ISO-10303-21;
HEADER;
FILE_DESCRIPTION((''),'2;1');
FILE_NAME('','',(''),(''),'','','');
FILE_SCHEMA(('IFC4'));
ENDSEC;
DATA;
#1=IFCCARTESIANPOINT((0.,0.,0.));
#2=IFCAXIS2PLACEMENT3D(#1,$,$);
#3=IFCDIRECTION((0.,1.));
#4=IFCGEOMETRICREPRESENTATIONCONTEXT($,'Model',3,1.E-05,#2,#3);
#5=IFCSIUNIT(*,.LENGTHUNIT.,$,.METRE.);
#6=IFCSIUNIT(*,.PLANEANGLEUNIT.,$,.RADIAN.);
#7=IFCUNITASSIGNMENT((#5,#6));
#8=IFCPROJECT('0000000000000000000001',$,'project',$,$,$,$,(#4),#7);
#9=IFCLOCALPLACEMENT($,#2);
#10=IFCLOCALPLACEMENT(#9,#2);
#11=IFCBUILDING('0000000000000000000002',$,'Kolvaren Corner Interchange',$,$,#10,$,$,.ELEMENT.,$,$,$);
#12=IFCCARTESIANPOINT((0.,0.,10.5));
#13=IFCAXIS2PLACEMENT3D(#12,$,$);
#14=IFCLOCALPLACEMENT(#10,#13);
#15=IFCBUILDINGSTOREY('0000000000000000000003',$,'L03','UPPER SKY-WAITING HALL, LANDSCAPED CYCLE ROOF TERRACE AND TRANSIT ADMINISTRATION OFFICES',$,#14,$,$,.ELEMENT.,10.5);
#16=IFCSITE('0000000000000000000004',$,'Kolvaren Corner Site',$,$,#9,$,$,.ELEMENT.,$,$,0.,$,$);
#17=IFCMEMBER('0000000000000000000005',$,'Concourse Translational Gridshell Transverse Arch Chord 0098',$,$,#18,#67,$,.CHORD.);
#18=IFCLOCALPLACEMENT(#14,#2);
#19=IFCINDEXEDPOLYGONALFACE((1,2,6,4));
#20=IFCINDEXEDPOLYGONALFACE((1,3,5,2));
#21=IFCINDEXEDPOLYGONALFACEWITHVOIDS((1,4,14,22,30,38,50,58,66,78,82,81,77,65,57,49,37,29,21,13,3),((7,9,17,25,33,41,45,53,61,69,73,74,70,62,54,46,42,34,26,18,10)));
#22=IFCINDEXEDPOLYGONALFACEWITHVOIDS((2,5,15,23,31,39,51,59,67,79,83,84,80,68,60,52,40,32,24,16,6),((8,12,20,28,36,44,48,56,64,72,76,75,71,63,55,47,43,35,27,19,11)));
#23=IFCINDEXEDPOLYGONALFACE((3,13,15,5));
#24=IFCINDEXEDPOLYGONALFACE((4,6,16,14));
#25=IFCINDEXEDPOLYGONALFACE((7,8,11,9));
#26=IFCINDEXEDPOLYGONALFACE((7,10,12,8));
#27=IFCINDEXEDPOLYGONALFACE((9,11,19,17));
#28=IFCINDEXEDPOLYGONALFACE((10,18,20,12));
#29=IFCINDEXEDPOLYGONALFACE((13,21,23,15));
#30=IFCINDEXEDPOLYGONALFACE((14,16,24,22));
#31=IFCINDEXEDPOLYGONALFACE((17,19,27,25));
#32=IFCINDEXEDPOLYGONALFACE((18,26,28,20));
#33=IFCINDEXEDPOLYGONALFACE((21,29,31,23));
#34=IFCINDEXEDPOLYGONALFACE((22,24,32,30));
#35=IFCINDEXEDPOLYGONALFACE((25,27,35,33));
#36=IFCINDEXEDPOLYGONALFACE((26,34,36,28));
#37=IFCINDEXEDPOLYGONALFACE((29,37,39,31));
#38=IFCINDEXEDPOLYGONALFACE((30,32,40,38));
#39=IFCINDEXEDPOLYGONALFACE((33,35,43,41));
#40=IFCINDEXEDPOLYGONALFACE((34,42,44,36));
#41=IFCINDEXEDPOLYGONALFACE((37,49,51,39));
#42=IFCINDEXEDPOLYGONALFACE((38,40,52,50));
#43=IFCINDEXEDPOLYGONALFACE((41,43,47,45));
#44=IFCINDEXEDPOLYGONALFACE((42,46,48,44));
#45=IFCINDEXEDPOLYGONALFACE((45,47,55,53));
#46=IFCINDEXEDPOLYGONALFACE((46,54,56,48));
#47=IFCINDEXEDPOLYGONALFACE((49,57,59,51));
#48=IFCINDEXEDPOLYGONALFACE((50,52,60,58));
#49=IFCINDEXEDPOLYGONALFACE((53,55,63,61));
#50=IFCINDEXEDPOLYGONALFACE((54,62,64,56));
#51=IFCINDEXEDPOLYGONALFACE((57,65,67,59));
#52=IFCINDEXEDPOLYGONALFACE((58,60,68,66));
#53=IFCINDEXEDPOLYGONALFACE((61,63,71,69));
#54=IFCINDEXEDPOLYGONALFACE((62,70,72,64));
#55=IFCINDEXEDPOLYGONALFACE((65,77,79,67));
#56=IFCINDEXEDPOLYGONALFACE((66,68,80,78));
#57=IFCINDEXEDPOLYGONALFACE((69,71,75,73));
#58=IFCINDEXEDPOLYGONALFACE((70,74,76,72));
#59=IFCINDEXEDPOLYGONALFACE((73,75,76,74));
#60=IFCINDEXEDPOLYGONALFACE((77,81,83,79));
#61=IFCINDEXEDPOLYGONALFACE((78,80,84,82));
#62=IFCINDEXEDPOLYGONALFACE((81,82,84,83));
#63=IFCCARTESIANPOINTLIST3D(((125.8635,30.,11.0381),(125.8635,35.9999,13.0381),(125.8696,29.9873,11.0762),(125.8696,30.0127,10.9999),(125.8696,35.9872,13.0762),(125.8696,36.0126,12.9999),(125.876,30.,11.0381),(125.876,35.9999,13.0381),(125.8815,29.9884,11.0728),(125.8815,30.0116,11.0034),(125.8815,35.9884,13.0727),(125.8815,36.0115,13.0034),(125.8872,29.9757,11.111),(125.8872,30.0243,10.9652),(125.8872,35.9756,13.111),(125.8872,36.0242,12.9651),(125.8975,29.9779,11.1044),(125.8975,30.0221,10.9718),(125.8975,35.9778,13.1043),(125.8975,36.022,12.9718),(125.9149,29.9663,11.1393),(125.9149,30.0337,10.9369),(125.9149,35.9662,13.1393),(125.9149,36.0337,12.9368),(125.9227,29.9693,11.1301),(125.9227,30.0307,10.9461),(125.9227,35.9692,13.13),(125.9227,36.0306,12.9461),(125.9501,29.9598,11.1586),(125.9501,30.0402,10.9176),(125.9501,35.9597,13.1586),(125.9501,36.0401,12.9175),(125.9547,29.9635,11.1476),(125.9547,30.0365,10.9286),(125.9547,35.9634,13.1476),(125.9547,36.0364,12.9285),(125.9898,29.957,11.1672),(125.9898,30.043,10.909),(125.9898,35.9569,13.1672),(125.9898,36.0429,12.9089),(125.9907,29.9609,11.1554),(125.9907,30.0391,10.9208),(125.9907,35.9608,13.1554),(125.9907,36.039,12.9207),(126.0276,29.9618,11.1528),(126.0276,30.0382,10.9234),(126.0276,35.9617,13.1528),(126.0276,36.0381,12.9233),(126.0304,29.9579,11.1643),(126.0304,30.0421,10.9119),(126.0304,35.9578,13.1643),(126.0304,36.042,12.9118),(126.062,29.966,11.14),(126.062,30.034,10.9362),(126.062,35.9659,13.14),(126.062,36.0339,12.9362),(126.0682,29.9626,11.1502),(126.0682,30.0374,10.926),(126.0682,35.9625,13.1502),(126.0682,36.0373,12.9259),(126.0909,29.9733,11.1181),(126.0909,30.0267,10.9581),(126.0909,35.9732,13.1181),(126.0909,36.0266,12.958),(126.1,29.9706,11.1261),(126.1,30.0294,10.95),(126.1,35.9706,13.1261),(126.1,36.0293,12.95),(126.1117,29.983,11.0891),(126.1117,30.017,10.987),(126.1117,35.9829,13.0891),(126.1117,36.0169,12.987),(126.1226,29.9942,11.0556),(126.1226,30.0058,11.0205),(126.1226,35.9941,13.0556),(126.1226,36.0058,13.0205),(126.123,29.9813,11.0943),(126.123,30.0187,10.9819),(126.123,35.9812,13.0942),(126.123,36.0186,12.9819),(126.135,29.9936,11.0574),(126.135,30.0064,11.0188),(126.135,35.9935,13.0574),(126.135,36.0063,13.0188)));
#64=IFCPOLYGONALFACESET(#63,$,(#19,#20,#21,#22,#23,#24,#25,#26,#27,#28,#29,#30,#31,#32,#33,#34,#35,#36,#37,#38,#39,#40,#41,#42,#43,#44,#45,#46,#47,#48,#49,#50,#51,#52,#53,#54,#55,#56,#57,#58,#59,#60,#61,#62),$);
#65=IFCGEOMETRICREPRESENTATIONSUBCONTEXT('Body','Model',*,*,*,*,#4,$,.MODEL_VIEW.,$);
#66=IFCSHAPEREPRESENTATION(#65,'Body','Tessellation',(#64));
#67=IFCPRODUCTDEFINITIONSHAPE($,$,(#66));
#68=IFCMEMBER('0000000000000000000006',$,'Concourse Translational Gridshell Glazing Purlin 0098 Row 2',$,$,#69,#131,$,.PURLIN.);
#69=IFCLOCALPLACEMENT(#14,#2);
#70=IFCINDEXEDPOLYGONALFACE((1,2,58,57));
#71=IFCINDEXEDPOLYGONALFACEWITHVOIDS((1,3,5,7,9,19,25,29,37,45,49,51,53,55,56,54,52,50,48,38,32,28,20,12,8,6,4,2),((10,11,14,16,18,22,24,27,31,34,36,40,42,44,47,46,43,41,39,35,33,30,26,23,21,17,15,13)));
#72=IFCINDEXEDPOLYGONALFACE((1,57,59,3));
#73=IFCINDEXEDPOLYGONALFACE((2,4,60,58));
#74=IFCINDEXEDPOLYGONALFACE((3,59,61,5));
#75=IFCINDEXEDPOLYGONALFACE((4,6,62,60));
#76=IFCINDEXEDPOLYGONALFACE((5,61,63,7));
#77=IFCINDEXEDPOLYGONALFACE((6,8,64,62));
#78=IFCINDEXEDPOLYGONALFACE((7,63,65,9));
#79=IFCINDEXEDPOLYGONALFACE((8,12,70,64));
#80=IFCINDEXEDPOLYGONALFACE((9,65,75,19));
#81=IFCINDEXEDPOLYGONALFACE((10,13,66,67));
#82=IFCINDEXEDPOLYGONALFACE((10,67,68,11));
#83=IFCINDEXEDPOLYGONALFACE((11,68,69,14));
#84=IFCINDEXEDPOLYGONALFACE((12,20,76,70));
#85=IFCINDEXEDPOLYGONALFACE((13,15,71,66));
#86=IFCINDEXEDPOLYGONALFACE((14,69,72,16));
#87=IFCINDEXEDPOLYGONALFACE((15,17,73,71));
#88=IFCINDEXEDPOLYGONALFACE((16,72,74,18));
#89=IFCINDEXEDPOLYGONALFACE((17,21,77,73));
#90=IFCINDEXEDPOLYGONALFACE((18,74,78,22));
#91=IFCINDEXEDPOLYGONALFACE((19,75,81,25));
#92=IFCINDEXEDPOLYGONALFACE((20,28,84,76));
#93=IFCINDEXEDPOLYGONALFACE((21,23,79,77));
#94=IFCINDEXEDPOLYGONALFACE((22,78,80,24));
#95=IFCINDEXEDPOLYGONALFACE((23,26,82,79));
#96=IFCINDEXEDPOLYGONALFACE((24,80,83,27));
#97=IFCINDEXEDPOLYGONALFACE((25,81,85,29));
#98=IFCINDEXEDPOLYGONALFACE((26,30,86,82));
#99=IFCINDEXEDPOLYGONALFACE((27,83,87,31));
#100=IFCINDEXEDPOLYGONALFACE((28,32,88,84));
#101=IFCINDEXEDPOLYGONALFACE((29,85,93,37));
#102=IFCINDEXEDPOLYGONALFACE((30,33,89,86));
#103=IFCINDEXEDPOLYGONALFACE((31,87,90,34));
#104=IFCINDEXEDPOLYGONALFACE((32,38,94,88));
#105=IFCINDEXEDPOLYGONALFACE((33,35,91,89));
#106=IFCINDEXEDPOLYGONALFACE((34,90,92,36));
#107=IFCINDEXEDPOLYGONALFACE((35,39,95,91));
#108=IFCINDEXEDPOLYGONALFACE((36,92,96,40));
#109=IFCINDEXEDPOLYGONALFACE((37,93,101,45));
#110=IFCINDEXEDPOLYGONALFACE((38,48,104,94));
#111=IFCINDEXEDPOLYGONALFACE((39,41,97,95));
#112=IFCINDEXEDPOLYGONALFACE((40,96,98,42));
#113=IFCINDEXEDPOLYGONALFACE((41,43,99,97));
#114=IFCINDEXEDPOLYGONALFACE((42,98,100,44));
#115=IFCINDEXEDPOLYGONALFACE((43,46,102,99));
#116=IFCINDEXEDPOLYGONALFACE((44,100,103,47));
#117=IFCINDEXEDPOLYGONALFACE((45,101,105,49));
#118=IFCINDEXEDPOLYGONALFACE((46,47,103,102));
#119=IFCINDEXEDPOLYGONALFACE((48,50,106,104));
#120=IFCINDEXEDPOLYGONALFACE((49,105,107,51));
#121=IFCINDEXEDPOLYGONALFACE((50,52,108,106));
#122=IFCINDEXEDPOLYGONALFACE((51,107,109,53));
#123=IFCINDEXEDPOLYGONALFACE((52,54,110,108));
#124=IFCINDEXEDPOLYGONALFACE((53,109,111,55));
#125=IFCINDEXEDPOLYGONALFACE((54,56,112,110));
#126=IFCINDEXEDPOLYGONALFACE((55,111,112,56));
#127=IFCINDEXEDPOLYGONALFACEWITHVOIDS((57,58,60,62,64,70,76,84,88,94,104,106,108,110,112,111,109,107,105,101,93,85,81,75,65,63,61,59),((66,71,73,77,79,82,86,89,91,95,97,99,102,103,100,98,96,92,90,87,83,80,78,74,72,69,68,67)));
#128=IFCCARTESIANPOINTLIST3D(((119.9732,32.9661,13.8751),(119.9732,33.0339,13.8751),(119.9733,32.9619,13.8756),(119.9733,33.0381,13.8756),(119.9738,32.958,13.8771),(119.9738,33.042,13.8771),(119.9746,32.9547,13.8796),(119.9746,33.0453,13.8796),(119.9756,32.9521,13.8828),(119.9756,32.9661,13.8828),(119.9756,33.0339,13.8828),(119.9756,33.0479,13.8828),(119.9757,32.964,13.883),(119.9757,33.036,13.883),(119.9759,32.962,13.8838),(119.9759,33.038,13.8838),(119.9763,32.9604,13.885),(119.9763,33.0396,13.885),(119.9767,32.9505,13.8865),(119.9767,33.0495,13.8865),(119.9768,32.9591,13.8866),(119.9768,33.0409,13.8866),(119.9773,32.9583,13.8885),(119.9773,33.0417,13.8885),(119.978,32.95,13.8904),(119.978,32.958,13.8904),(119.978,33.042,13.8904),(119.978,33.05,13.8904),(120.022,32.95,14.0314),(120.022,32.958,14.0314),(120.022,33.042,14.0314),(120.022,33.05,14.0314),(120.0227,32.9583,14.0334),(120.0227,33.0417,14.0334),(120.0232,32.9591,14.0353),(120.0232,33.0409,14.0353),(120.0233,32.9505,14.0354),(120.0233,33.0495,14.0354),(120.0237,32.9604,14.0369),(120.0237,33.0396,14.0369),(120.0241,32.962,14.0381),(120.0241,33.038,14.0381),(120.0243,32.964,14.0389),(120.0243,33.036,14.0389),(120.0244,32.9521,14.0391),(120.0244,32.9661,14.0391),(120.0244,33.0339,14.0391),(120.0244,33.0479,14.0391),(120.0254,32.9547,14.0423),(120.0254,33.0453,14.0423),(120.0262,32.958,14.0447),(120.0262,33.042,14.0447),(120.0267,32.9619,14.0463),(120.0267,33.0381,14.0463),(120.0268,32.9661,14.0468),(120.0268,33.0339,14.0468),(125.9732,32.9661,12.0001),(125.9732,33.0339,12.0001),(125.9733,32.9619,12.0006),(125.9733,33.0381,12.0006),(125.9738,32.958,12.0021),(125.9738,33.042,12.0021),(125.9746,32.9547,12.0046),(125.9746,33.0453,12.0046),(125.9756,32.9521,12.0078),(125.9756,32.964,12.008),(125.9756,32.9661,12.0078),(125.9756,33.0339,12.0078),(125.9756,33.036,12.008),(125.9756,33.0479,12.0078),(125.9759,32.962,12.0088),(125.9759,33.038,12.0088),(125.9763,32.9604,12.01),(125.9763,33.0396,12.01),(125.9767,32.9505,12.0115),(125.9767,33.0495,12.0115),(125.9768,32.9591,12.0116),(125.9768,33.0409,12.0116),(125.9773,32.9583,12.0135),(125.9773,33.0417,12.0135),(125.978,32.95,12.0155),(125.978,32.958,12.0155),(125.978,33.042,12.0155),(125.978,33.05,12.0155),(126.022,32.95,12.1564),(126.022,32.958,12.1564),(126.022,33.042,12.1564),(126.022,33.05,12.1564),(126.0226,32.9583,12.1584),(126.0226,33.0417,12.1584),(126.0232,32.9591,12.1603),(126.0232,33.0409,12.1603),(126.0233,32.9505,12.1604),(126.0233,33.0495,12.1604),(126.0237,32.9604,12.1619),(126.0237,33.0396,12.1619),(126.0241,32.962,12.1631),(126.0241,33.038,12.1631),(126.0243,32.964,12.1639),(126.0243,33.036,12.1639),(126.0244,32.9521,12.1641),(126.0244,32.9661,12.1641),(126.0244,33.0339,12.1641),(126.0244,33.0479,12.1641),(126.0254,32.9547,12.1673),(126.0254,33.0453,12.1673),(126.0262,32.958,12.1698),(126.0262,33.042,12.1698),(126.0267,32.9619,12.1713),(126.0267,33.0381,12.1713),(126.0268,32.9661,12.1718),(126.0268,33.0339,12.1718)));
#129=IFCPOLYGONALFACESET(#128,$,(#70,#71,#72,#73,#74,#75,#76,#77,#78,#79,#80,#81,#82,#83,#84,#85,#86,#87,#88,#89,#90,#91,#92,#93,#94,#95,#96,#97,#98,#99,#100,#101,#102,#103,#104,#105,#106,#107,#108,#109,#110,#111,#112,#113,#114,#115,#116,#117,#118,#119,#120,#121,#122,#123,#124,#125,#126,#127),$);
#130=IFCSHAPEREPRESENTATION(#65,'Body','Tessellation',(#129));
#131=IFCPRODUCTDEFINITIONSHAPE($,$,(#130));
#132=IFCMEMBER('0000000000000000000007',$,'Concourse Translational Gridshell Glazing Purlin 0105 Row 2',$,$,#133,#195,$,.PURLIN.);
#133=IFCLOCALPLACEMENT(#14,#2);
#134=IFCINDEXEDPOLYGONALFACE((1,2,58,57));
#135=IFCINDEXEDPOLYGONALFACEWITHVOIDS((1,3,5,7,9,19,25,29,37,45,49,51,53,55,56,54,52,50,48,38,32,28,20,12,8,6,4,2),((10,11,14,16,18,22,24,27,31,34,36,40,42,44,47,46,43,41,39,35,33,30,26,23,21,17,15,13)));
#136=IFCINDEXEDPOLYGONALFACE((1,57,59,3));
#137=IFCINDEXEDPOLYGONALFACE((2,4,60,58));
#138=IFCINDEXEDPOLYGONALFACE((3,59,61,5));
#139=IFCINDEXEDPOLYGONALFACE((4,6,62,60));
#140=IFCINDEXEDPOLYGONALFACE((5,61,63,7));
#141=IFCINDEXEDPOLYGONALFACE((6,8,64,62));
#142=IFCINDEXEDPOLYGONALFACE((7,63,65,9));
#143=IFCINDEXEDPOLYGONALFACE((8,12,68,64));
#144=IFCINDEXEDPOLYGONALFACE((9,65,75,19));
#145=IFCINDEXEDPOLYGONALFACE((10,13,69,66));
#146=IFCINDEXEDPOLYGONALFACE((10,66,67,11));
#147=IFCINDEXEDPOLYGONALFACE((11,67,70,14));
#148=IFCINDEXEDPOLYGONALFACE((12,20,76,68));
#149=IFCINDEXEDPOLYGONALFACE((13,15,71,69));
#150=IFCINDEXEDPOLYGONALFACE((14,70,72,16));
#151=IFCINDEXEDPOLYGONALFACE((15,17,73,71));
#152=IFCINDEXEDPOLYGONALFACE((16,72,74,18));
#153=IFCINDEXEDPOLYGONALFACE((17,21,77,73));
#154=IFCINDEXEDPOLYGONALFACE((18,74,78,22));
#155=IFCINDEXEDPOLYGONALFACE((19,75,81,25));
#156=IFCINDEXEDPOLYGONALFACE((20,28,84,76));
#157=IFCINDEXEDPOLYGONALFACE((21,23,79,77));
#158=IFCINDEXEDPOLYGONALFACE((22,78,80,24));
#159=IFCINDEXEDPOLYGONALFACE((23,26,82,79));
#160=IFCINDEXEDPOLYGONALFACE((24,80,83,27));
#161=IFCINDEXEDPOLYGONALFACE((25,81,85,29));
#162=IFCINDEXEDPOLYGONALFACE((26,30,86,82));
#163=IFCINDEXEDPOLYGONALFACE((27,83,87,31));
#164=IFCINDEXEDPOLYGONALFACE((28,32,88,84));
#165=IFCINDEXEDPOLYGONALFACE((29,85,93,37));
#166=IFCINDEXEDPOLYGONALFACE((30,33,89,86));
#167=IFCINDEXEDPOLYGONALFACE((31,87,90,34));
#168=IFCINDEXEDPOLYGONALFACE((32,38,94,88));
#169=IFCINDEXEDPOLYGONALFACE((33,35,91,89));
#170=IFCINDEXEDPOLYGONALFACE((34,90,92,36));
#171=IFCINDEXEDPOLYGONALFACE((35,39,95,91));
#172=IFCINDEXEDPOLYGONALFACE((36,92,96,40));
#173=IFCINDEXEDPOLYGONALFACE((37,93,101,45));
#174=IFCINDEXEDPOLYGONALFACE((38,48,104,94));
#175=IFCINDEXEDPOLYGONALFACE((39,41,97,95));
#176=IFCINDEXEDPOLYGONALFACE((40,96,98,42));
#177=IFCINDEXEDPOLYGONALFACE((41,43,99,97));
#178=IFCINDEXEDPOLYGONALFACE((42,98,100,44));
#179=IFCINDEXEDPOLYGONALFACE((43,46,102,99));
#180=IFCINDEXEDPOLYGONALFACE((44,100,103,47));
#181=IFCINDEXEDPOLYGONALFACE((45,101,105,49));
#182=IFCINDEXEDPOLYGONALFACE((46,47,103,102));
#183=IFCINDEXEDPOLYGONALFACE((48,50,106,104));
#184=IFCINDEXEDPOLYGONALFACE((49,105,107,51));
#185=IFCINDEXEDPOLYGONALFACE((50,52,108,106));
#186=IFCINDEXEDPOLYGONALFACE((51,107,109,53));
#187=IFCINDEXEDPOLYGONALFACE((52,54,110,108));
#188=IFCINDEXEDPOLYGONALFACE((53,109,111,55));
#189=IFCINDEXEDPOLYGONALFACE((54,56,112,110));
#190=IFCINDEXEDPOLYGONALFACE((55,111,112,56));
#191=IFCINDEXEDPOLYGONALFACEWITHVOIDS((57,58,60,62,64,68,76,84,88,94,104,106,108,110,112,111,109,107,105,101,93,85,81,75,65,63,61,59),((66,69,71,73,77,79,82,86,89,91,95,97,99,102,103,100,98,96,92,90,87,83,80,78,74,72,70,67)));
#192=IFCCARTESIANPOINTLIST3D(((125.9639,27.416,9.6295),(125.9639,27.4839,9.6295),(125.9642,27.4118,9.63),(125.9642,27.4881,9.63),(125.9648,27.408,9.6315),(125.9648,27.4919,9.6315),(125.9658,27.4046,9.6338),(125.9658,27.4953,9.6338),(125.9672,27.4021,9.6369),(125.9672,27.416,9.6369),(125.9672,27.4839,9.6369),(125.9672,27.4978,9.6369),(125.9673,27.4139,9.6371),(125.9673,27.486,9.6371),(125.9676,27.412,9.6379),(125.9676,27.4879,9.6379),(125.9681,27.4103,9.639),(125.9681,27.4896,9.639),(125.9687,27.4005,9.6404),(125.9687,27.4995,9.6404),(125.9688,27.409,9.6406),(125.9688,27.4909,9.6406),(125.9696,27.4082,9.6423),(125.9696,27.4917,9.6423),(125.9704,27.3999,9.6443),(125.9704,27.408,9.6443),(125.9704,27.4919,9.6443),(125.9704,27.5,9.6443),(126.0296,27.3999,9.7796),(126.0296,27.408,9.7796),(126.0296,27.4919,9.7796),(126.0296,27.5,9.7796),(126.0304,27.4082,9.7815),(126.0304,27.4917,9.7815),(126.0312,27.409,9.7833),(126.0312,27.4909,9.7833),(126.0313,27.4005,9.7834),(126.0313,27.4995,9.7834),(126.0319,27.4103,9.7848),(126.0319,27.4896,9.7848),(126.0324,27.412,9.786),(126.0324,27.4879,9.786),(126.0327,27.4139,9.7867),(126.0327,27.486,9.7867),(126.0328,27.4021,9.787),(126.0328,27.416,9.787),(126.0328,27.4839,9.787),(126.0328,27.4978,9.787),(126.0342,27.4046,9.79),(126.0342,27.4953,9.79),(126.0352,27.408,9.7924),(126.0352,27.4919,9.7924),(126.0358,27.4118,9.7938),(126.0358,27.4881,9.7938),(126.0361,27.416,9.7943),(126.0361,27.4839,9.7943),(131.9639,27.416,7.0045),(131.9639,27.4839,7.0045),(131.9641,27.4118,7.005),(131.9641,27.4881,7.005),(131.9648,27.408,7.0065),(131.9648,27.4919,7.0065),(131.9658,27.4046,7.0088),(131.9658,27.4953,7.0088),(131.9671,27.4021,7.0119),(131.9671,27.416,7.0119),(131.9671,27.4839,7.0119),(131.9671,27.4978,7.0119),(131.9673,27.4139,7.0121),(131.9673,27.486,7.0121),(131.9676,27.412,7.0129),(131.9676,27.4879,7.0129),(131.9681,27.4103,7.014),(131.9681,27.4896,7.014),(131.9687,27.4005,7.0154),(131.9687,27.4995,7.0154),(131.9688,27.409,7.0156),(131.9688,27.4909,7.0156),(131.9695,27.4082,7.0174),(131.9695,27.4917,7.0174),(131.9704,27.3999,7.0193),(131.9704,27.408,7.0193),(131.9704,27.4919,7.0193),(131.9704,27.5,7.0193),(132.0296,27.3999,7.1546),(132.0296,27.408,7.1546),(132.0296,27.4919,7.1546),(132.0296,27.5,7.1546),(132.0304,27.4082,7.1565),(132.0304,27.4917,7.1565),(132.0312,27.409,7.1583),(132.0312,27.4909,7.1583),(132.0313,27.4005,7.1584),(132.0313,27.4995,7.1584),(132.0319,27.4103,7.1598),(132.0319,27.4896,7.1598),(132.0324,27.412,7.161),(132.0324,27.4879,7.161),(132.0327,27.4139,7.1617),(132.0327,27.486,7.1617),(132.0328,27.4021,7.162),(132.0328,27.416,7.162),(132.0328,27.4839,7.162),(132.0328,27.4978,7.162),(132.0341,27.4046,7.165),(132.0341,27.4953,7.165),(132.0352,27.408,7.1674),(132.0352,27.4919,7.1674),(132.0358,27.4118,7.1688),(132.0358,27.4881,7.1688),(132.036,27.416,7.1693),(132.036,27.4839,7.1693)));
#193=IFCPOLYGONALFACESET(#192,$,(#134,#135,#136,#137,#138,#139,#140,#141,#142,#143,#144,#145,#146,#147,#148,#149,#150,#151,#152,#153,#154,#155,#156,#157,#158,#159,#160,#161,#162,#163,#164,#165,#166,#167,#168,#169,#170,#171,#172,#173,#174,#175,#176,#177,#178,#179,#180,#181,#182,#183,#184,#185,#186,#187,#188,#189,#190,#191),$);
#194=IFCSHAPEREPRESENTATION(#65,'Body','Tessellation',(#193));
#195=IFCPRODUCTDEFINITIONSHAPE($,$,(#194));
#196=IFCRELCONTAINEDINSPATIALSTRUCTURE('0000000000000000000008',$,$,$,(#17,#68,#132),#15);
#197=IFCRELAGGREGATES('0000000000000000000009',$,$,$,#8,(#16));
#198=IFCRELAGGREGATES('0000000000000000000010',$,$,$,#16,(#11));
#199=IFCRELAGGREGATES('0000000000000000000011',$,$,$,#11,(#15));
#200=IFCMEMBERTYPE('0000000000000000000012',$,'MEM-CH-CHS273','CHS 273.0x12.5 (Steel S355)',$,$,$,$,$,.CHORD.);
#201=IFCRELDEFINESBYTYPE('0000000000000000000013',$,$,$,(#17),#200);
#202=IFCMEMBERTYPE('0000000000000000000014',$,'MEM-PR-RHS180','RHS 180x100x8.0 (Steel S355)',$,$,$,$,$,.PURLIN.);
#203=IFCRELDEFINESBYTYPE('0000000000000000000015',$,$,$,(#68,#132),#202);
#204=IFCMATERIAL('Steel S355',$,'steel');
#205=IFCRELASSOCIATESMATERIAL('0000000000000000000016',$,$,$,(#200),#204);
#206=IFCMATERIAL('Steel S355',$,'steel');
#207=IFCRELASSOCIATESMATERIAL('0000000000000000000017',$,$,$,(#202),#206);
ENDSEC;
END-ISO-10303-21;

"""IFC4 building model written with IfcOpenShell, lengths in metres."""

from ifc_helpers import new_model, si_unit, direction, frame, origin, origin_2d, place, context, subcontext, project, spatial, hollow_rectangle, hollow_circle, extrude, material, material_profile, profile_set, type_object, element, save


model = new_model("IFC4")

# Units and contexts
model_context = context("Model", 3, precision=1e-05, world=origin(), true_north=direction((0.0, 1.0)))
body_context = subcontext(model_context, "Body", "Model", "MODEL_VIEW")
ifc_project = project(units=[si_unit("LENGTHUNIT", "METRE"), si_unit("PLANEANGLEUNIT", "RADIAN")], contexts=[model_context])

# Site, building, storey
site_placement = place(None, origin())
site = spatial("IfcSite", under=ifc_project, at=site_placement, Name="Kolvaren Corner Site", CompositionType="ELEMENT", RefElevation=0.0)
building_placement = place(site_placement, origin())
building = spatial("IfcBuilding", under=site, at=building_placement, Name="Kolvaren Corner Interchange", CompositionType="ELEMENT")
storey_placement = place(building_placement, frame((0.0, 0.0, 10.5)))
storey = spatial("IfcBuildingStorey", under=building, at=storey_placement, Name="L03", Description="UPPER SKY-WAITING HALL, LANDSCAPED CYCLE ROOF TERRACE AND TRANSIT ADMINISTRATION OFFICES", CompositionType="ELEMENT", Elevation=10.5)

# Members
ifc_material_1 = material(Name="Steel S355", Category="steel")
ifc_material_profile_1 = material_profile(ifc_material_1, hollow_circle(Radius=0.1365, WallThickness=0.0125, at=origin_2d()), Name="CHS 273.0x12.5")
ifc_profile_set_1 = profile_set([ifc_material_profile_1], Name="Steel S355")
member_type_1 = type_object("IfcMemberType", Name="MEM-CH-CHS273", Description="CHS 273.0x12.5 (Steel S355)", PredefinedType="CHORD", material=ifc_profile_set_1)
member_1_placement = place(storey_placement, frame((126.0, 30.0, 11.0381), z_axis=(0.0, 0.948683, 0.316228), x_axis=(-1.0, 0.0, 0.0)))
element("IfcMember", 1, at=member_1_placement, inside=storey, type_object=member_type_1, Name="Concourse Translational Gridshell Transverse Arch Chord 0098", PredefinedType="CHORD", context=body_context, shape_type="SweptSolid", body=[
    extrude(hollow_circle(Radius=0.1365, WallThickness=0.0125, at=origin_2d()), origin(), (0.0, 0.0, 1.0), 6.3245),
])
ifc_material_2 = material(Name="Steel S355", Category="steel")
ifc_material_profile_2 = material_profile(ifc_material_2, hollow_rectangle(XDim=0.1001, YDim=0.1799, WallThickness=0.0081, InnerFilletRadius=0.0081, OuterFilletRadius=0.0161, at=origin_2d()), Name="RHS 180x100x8.0")
ifc_profile_set_2 = profile_set([ifc_material_profile_2], Name="Steel S355")
member_type_2 = type_object("IfcMemberType", Name="MEM-PR-RHS180", Description="RHS 180x100x8.0 (Steel S355)", PredefinedType="PURLIN", material=ifc_profile_set_2)
member_2_placement = place(storey_placement, frame((120.0, 33.0, 13.9609), z_axis=(0.95448, 0.0, -0.298275), x_axis=(0.0, 1.0, 0.0)))
element("IfcMember", 2, at=member_2_placement, inside=storey, type_object=member_type_2, Name="Concourse Translational Gridshell Glazing Purlin 0098 Row 2", PredefinedType="PURLIN", context=body_context, shape_type="SweptSolid", body=[
    extrude(hollow_rectangle(XDim=0.1001, YDim=0.1799, WallThickness=0.0081, InnerFilletRadius=0.0081, OuterFilletRadius=0.0161, at=origin_2d()), origin(), (0.0, 0.0, 1.0), 6.2861),
])
for number, where, z_axis, x_axis, name in (
    (3, (126.0, 27.45, 9.7119), (0.916157, 0.0, -0.400819), (0.0, 1.0, 0.0), "Concourse Translational Gridshell Glazing Purlin 0105 Row 2"),
):
    element("IfcMember", number, at=place(storey_placement, frame(where, z_axis=z_axis, x_axis=x_axis)), inside=storey, type_object=member_type_2, Name=name, PredefinedType="PURLIN", context=body_context, shape_type="SweptSolid", body=[
        extrude(hollow_rectangle(XDim=0.1001, YDim=0.1799, WallThickness=0.0081, InnerFilletRadius=0.0081, OuterFilletRadius=0.0161, at=origin_2d()), origin(), (0.0, 0.0, 1.0), 6.5491),
    ])

save(model, "model.ifc")
